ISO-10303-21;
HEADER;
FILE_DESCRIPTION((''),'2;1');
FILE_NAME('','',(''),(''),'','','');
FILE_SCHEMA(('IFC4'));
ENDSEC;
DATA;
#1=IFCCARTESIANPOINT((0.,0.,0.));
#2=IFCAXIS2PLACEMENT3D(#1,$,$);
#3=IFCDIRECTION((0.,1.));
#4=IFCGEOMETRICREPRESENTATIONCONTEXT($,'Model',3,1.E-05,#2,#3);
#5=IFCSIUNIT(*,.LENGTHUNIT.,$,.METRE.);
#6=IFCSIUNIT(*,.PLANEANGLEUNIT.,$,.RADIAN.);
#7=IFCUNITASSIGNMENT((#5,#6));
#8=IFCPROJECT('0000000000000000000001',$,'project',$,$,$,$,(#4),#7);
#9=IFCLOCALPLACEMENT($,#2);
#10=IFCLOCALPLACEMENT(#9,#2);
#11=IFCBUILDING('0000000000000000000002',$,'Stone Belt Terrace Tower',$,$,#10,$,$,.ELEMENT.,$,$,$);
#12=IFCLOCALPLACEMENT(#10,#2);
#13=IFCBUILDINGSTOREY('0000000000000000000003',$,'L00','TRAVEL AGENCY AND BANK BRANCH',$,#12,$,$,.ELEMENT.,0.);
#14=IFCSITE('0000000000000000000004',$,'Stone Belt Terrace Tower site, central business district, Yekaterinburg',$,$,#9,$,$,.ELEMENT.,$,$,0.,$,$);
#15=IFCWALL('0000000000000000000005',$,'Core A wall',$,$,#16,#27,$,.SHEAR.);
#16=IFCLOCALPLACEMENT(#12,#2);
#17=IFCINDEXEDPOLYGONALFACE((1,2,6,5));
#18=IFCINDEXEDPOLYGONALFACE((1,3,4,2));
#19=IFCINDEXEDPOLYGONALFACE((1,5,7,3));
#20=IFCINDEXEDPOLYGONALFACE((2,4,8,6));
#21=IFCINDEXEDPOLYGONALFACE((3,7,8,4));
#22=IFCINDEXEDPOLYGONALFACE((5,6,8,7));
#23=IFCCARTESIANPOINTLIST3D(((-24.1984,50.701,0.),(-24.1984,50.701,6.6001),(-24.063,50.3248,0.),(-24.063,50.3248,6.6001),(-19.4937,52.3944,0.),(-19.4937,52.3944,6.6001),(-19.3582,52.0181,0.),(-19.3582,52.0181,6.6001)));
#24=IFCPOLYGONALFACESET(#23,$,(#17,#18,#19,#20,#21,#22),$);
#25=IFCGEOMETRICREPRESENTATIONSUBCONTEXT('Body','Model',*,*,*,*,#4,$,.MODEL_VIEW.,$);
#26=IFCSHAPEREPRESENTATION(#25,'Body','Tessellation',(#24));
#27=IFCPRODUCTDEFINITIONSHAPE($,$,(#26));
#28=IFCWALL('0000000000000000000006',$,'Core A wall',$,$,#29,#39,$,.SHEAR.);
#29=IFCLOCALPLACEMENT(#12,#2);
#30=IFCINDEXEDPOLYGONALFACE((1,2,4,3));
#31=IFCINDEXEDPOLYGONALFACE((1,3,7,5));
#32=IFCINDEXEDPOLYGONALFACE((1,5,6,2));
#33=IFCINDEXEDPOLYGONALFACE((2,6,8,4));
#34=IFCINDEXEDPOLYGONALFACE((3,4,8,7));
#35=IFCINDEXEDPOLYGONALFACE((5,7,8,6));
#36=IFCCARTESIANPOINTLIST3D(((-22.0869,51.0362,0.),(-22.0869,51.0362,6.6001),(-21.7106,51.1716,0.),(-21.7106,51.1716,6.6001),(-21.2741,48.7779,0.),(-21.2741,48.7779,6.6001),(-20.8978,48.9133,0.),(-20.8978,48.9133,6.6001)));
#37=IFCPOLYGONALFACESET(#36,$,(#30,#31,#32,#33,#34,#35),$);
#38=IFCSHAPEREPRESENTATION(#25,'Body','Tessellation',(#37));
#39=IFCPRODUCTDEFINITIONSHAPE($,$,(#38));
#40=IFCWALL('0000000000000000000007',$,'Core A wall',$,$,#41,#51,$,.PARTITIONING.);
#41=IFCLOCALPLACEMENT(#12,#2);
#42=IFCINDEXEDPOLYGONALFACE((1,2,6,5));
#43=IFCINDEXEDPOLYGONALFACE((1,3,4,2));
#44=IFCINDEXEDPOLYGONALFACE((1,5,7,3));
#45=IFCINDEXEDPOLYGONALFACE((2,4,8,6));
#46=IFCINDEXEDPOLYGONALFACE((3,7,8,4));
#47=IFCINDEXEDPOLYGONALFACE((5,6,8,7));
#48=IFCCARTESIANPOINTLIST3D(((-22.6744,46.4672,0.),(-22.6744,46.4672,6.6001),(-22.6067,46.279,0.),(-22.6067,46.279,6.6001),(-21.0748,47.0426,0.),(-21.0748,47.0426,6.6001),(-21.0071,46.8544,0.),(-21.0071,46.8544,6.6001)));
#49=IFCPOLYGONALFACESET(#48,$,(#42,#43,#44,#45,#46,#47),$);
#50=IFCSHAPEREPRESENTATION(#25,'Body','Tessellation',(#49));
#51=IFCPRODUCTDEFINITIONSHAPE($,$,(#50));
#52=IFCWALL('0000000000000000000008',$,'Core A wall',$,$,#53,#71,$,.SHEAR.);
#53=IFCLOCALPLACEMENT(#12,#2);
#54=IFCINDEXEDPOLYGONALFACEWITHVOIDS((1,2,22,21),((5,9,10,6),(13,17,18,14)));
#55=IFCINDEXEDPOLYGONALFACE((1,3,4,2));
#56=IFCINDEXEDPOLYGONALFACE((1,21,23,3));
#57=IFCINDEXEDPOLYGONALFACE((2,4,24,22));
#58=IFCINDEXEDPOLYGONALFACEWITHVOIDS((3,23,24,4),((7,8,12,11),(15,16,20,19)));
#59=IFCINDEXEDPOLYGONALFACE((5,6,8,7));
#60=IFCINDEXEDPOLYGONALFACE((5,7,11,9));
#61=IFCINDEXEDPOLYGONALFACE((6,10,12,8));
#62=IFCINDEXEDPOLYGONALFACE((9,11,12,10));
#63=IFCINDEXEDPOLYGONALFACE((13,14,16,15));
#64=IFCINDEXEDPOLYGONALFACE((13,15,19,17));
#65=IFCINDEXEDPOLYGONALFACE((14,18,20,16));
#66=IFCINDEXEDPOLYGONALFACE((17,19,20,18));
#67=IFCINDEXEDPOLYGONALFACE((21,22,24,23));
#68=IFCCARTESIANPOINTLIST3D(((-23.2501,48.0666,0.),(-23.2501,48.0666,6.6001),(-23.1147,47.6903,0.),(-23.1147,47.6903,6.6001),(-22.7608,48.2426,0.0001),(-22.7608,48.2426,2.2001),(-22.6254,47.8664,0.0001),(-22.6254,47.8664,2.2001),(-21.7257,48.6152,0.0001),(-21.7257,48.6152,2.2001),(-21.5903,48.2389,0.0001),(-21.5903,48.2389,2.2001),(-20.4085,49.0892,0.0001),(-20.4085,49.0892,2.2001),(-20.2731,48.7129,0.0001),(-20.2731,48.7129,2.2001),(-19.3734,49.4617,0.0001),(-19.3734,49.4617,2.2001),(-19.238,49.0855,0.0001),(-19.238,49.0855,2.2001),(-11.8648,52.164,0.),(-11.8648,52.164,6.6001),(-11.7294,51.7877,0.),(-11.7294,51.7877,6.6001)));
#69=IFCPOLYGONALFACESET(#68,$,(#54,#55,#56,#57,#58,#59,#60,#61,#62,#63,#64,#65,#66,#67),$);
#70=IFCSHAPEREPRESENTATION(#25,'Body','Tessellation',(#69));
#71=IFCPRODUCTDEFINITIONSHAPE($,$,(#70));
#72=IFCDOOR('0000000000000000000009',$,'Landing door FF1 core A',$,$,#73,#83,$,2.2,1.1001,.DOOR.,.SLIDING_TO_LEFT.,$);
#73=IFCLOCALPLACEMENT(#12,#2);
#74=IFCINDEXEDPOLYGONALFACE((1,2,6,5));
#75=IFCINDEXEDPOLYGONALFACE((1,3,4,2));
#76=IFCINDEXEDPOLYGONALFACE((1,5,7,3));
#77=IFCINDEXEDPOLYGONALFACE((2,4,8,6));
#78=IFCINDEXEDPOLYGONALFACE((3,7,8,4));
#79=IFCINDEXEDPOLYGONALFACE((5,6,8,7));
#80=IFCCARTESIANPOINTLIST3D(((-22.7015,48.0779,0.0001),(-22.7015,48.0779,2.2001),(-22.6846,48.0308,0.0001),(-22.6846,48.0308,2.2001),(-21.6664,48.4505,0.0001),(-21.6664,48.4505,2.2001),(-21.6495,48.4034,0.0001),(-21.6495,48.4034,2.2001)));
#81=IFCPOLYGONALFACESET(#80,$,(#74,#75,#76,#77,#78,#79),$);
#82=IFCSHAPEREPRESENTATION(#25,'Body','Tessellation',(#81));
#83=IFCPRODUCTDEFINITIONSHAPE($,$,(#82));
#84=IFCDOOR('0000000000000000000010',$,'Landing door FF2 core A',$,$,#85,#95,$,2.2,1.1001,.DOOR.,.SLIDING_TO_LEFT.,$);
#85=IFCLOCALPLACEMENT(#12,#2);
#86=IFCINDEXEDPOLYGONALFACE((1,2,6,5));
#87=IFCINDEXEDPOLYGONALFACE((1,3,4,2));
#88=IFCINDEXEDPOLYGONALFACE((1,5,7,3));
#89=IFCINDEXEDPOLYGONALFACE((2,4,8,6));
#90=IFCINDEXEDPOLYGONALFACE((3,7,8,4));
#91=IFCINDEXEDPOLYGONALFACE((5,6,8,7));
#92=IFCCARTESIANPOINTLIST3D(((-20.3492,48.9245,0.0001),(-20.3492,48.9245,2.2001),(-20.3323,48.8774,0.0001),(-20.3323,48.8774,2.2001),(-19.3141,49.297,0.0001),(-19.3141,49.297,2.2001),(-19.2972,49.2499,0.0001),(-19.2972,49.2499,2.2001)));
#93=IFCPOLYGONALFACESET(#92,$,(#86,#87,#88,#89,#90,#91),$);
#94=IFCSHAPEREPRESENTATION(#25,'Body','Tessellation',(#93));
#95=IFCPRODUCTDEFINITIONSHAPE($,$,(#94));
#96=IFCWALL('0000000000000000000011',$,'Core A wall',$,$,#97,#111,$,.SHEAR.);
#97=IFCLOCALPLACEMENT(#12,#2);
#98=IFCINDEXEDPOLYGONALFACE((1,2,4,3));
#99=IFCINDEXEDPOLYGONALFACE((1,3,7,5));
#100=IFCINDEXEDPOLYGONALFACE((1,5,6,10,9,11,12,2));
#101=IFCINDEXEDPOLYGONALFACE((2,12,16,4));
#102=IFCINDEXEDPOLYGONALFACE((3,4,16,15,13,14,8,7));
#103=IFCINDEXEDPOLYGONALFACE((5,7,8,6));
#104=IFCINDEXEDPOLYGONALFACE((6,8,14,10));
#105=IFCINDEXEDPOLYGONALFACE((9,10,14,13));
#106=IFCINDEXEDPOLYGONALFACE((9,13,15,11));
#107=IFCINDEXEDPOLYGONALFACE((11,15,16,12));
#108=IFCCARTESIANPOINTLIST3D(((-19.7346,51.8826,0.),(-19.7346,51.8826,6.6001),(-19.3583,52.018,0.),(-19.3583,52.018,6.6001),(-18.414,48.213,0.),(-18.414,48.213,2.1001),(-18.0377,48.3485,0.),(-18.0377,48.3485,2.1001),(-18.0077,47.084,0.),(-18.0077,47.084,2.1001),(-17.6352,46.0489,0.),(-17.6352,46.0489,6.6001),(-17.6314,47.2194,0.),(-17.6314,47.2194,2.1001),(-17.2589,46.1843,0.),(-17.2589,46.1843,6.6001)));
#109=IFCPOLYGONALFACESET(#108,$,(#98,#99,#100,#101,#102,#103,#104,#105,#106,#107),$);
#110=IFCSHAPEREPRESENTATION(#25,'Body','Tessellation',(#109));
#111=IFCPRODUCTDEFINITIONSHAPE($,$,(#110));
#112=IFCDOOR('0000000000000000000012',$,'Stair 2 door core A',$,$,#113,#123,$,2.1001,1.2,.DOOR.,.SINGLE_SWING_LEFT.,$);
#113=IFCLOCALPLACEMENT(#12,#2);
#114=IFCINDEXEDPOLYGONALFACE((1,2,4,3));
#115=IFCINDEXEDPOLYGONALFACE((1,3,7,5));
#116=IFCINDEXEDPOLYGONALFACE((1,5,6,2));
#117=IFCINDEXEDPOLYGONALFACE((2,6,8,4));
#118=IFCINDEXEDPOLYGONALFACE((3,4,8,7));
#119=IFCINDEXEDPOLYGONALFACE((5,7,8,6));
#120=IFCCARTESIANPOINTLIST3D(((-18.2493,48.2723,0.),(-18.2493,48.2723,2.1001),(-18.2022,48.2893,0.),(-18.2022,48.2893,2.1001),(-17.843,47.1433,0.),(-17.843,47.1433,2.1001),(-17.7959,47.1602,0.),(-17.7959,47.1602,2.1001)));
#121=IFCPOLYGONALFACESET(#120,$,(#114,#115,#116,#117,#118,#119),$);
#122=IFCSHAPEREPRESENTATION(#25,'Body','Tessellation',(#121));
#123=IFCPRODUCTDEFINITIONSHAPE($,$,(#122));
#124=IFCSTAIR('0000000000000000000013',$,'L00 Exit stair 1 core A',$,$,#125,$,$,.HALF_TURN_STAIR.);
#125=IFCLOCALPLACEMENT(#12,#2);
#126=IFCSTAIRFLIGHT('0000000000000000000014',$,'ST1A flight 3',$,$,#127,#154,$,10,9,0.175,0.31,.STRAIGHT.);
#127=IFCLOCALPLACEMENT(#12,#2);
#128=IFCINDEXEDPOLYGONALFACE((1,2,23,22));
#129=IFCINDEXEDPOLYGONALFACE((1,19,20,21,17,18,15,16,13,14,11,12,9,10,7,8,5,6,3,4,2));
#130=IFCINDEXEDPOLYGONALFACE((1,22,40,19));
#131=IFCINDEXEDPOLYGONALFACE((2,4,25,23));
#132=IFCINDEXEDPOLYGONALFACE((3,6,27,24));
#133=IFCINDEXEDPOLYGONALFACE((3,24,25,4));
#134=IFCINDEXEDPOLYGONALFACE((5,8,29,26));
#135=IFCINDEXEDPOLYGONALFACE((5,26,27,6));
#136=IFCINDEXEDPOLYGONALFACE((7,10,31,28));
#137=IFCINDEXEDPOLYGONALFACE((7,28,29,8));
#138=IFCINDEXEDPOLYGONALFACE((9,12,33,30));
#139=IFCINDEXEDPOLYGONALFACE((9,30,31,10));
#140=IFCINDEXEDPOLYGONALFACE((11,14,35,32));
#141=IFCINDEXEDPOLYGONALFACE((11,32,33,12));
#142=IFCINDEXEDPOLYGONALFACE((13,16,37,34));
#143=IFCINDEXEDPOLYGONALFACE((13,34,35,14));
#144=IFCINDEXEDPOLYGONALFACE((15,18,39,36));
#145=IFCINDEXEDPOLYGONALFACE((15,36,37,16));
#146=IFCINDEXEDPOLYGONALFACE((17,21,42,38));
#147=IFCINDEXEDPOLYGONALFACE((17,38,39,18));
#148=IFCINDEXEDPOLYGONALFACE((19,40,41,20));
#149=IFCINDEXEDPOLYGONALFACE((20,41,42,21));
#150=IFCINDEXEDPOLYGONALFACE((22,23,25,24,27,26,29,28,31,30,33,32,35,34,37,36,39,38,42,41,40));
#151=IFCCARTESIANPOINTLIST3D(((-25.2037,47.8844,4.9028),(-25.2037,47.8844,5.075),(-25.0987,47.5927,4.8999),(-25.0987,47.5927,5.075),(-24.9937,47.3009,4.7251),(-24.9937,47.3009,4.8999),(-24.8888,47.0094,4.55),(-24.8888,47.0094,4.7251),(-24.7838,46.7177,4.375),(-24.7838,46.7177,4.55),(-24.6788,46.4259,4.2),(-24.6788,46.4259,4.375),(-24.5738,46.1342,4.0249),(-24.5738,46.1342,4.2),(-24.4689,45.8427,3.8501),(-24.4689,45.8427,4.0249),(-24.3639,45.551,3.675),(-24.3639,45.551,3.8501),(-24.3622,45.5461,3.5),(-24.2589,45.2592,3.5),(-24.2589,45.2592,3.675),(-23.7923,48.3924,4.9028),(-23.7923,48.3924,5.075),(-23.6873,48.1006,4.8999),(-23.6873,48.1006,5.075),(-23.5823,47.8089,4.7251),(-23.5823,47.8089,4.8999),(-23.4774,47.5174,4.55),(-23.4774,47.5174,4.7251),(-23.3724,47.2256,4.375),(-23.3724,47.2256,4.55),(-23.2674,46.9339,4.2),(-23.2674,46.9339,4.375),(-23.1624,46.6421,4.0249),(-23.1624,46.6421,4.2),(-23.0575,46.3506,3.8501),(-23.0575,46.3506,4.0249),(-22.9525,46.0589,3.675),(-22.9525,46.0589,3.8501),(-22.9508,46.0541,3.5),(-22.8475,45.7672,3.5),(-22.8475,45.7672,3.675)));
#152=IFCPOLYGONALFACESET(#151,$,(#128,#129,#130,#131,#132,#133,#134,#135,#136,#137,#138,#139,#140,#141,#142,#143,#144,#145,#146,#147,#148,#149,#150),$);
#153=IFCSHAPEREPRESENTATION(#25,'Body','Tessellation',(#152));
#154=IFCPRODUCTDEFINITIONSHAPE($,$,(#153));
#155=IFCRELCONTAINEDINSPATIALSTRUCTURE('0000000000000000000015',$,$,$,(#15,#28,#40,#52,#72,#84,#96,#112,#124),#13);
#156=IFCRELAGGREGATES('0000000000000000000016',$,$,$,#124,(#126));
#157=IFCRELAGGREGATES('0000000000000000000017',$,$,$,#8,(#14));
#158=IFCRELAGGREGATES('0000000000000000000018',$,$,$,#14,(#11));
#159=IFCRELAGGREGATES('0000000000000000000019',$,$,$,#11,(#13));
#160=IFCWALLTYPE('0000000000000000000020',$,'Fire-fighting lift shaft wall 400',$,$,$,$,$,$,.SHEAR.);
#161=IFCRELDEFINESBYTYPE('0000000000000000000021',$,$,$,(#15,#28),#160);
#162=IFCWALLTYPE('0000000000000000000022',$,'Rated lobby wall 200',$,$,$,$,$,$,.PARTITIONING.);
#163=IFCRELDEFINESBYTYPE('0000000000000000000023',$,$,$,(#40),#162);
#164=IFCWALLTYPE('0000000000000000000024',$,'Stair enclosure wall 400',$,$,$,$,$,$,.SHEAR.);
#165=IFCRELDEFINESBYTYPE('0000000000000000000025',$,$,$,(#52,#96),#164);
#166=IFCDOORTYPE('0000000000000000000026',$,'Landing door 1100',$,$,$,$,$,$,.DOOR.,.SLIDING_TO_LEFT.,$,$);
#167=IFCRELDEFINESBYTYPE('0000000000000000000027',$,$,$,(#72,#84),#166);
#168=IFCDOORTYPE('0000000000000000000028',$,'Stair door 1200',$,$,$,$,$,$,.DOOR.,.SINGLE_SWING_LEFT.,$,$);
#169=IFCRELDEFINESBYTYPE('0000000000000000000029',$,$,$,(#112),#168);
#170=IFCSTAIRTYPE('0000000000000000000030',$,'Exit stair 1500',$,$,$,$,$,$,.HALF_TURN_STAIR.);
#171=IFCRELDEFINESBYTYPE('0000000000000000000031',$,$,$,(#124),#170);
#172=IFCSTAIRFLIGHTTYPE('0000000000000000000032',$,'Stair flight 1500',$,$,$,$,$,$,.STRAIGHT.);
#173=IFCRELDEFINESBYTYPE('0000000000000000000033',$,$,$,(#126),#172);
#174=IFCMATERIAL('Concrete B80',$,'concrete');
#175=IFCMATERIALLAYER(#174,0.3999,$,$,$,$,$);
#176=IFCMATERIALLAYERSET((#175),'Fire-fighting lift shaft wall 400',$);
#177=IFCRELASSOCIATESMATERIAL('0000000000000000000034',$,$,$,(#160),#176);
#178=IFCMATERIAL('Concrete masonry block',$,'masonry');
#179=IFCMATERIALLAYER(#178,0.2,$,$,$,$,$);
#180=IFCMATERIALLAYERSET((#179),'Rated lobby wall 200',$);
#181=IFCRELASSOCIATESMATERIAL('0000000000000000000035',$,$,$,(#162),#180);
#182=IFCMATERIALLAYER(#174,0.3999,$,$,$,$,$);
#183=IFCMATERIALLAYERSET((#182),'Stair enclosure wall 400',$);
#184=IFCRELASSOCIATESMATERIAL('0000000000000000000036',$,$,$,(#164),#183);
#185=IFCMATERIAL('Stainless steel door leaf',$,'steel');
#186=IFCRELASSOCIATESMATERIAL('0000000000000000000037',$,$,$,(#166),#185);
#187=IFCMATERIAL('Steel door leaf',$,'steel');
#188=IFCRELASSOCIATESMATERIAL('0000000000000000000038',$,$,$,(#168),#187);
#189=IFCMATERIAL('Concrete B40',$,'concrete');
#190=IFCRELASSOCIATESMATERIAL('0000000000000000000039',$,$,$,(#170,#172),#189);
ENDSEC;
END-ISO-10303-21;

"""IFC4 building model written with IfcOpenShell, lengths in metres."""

from ifc_helpers import new_model, si_unit, direction, frame, frame_2d, origin, place, context, subcontext, project, spatial, polyline, rectangle, outline, extrude, material, layer, layer_set, type_object, element, fill, aggregate, save


model = new_model("IFC4")

# Units and contexts
model_context = context("Model", 3, precision=1e-05, world=origin(), true_north=direction((0.0, 1.0)))
body_context = subcontext(model_context, "Body", "Model", "MODEL_VIEW")
ifc_project = project(units=[si_unit("LENGTHUNIT", "METRE"), si_unit("PLANEANGLEUNIT", "RADIAN")], contexts=[model_context])

# Site, building, storey
site_placement = place(None, origin())
site = spatial("IfcSite", under=ifc_project, at=site_placement, Name="Stone Belt Terrace Tower site, central business district, Yekaterinburg", CompositionType="ELEMENT", RefElevation=0.0)
building_placement = place(site_placement, origin())
building = spatial("IfcBuilding", under=site, at=building_placement, Name="Stone Belt Terrace Tower", CompositionType="ELEMENT")
storey_placement = place(building_placement, origin())
storey = spatial("IfcBuildingStorey", under=building, at=storey_placement, Name="L00", Description="TRAVEL AGENCY AND BANK BRANCH", CompositionType="ELEMENT", Elevation=0.0)

# Walls
ifc_material_1 = material(Name="Concrete B80", Category="concrete")
ifc_layer_1 = layer(ifc_material_1, 0.3999)
ifc_layer_set_1 = layer_set([ifc_layer_1], Name="Fire-fighting lift shaft wall 400")
wall_type_1 = type_object("IfcWallType", Name="Fire-fighting lift shaft wall 400", PredefinedType="SHEAR", material=ifc_layer_set_1)
wall_1_placement = place(storey_placement, frame((-24.1306, 50.5129, 0.0), z_axis=(0.0, 0.0, 1.0), x_axis=(0.940912, 0.338652, 0.0)))
element("IfcWall", 1, at=wall_1_placement, inside=storey, type_object=wall_type_1, Name="Core A wall", PredefinedType="SHEAR", context=body_context, shape_type="SweptSolid", body=[
    extrude(rectangle(XDim=5.0002, YDim=0.3999, at=frame_2d((2.5, 0.0))), origin(), (0.0, 0.0, 1.0), 6.6001),
])
wall_2_placement = place(storey_placement, frame((-21.0859, 48.8455, 0.0), z_axis=(0.0, 0.0, 1.0), x_axis=(-0.338629, 0.94092, 0.0)))
element("IfcWall", 2, at=wall_2_placement, inside=storey, type_object=wall_type_1, Name="Core A wall", PredefinedType="SHEAR", context=body_context, shape_type="SweptSolid", body=[
    extrude(rectangle(XDim=2.4001, YDim=0.3999, at=frame_2d((1.2002, 0.0))), origin(), (0.0, 0.0, 1.0), 6.6001),
])
ifc_material_2 = material(Name="Concrete masonry block", Category="masonry")
ifc_layer_2 = layer(ifc_material_2, 0.2)
ifc_layer_set_2 = layer_set([ifc_layer_2], Name="Rated lobby wall 200")
wall_type_2 = type_object("IfcWallType", Name="Rated lobby wall 200", PredefinedType="PARTITIONING", material=ifc_layer_set_2)
wall_3_placement = place(storey_placement, frame((-22.6406, 46.373, 0.0), z_axis=(0.0, 0.0, 1.0), x_axis=(0.940966, 0.338501, 0.0)))
element("IfcWall", 3, at=wall_3_placement, inside=storey, type_object=wall_type_2, Name="Core A wall", PredefinedType="PARTITIONING", context=body_context, shape_type="SweptSolid", body=[
    extrude(rectangle(XDim=1.7, YDim=0.2, at=frame_2d((0.8501, 0.0))), origin(), (0.0, 0.0, 1.0), 6.6001),
])

# Wall, openings, doors
ifc_layer_3 = layer(ifc_material_1, 0.3999)
ifc_layer_set_3 = layer_set([ifc_layer_3], Name="Stair enclosure wall 400")
wall_type_3 = type_object("IfcWallType", Name="Stair enclosure wall 400", PredefinedType="SHEAR", material=ifc_layer_set_3)
wall_4_placement = place(storey_placement, frame((-23.1824, 47.8784, 0.0), z_axis=(0.0, 0.0, 1.0), x_axis=(0.940921, 0.338626, 0.0)))
wall_4 = element("IfcWall", 4, at=wall_4_placement, inside=storey, type_object=wall_type_3, Name="Core A wall", PredefinedType="SHEAR", context=body_context, shape_type="SweptSolid", body=[
    extrude(rectangle(XDim=12.1001, YDim=0.3999, at=frame_2d((6.05, 0.0))), origin(), (0.0, 0.0, 1.0), 6.6001),
])
opening_1_placement = place(wall_4_placement, frame((0.52, 0.0, 0.0)))
opening_1 = element("IfcOpeningElement", 5, at=opening_1_placement, cuts=wall_4, PredefinedType="OPENING", context=body_context, shape_type="SweptSolid", body=[
    extrude(rectangle(XDim=1.1001, YDim=2.2, at=frame_2d((0.55, 1.1001))), frame((0.0, 0.21, 0.0), z_axis=(0.0, -1.0, 0.0), x_axis=(1.0, 0.0, 0.0)), (0.0, 0.0, 1.0), 0.4199),
])
opening_2_placement = place(wall_4_placement, frame((3.02, 0.0, 0.0)))
opening_2 = element("IfcOpeningElement", 6, at=opening_2_placement, cuts=wall_4, PredefinedType="OPENING", context=body_context, shape_type="SweptSolid", body=[
    extrude(rectangle(XDim=1.1001, YDim=2.2, at=frame_2d((0.55, 1.1001))), frame((0.0, 0.21, 0.0), z_axis=(0.0, -1.0, 0.0), x_axis=(1.0, 0.0, 0.0)), (0.0, 0.0, 1.0), 0.4199),
])
ifc_material_3 = material(Name="Stainless steel door leaf", Category="steel")
door_type_1 = type_object("IfcDoorType", Name="Landing door 1100", OperationType="SLIDING_TO_LEFT", PredefinedType="DOOR", material=ifc_material_3)
door_1_placement = place(opening_1_placement, origin())
door_1 = element("IfcDoor", 7, at=door_1_placement, inside=storey, type_object=door_type_1, Name="Landing door FF1 core A", OperationType="SLIDING_TO_LEFT", OverallHeight=2.2, OverallWidth=1.1001, PredefinedType="DOOR", context=body_context, shape_type="SweptSolid", body=[
    extrude(rectangle(XDim=1.1001, YDim=2.2, at=frame_2d((0.55, 1.1001))), frame((0.0, 0.0249, 0.0), z_axis=(0.0, -1.0, 0.0), x_axis=(1.0, 0.0, 0.0)), (0.0, 0.0, 1.0), 0.05),
])
fill(opening_1, door_1)
door_2_placement = place(opening_2_placement, origin())
door_2 = element("IfcDoor", 8, at=door_2_placement, inside=storey, type_object=door_type_1, Name="Landing door FF2 core A", OperationType="SLIDING_TO_LEFT", OverallHeight=2.2, OverallWidth=1.1001, PredefinedType="DOOR", context=body_context, shape_type="SweptSolid", body=[
    extrude(rectangle(XDim=1.1001, YDim=2.2, at=frame_2d((0.55, 1.1001))), frame((0.0, 0.0249, 0.0), z_axis=(0.0, -1.0, 0.0), x_axis=(1.0, 0.0, 0.0)), (0.0, 0.0, 1.0), 0.05),
])
fill(opening_2, door_2)

# Wall, opening, door
wall_5_placement = place(storey_placement, frame((-17.447, 46.1165, 0.0), z_axis=(0.0, 0.0, 1.0), x_axis=(-0.338608, 0.940928, 0.0)))
wall_5 = element("IfcWall", 9, at=wall_5_placement, inside=storey, type_object=wall_type_3, Name="Core A wall", PredefinedType="SHEAR", context=body_context, shape_type="SweptSolid", body=[
    extrude(rectangle(XDim=6.2, YDim=0.3999, at=frame_2d((3.1001, 0.0))), origin(), (0.0, 0.0, 1.0), 6.6001),
])
opening_3_placement = place(wall_5_placement, frame((1.1001, 0.0, 0.0)))
opening_3 = element("IfcOpeningElement", 10, at=opening_3_placement, cuts=wall_5, PredefinedType="OPENING", context=body_context, shape_type="SweptSolid", body=[
    extrude(rectangle(XDim=1.2, YDim=2.1001, at=frame_2d((0.6001, 1.05))), frame((0.0, 0.21, 0.0), z_axis=(0.0, -1.0, 0.0), x_axis=(1.0, 0.0, 0.0)), (0.0, 0.0, 1.0), 0.4199),
])
ifc_material_4 = material(Name="Steel door leaf", Category="steel")
door_type_2 = type_object("IfcDoorType", Name="Stair door 1200", OperationType="SINGLE_SWING_LEFT", PredefinedType="DOOR", material=ifc_material_4)
door_3_placement = place(opening_3_placement, origin())
door_3 = element("IfcDoor", 11, at=door_3_placement, inside=storey, type_object=door_type_2, Name="Stair 2 door core A", OperationType="SINGLE_SWING_LEFT", OverallHeight=2.1001, OverallWidth=1.2, PredefinedType="DOOR", context=body_context, shape_type="SweptSolid", body=[
    extrude(rectangle(XDim=1.2, YDim=2.1001, at=frame_2d((0.6001, 1.05))), frame((0.0, 0.0249, 0.0), z_axis=(0.0, -1.0, 0.0), x_axis=(1.0, 0.0, 0.0)), (0.0, 0.0, 1.0), 0.05),
])
fill(opening_3, door_3)

# Stair, stair flight
ifc_material_5 = material(Name="Concrete B40", Category="concrete")
stair_type = type_object("IfcStairType", Name="Exit stair 1500", PredefinedType="HALF_TURN_STAIR", material=ifc_material_5)
stair_1_placement = place(storey_placement, origin())
stair_1 = element("IfcStair", 12, at=stair_1_placement, inside=storey, type_object=stair_type, Name="L00 Exit stair 1 core A", PredefinedType="HALF_TURN_STAIR")
stair_flight_type = type_object("IfcStairFlightType", Name="Stair flight 1500", PredefinedType="STRAIGHT", material=ifc_material_5)
stair_flight_1_placement = place(storey_placement, frame((-23.5532, 45.5132, 3.5), z_axis=(0.0, 0.0, 1.0), x_axis=(-0.338624, 0.940922, 0.0)))
stair_flight_1 = element("IfcStairFlight", 13, at=stair_flight_1_placement, type_object=stair_flight_type, Name="ST1A flight 3", NumberOfRisers=10, NumberOfTreads=9, PredefinedType="STRAIGHT", RiserHeight=0.175, TreadLength=0.31, context=body_context, shape_type="SweptSolid", body=[
    extrude(outline(polyline([(0.0, 0.0), (0.0, 0.175), (0.3101, 0.175), (0.3101, 0.3501), (0.6201, 0.3501), (0.6201, 0.5249), (0.9299, 0.5249), (0.9299, 0.7), (1.24, 0.7), (1.24, 0.875), (1.55, 0.875), (1.55, 1.05), (1.8601, 1.05), (1.8601, 1.2251), (2.1699, 1.2251), (2.1699, 1.3999), (2.48, 1.3999), (2.48, 1.575), (2.79, 1.575), (2.79, 1.75), (2.79, 1.4028), (0.3049, 0.0), (0.0, 0.0)])), frame((0.0, 0.75, 0.0), z_axis=(0.0, -1.0, 0.0), x_axis=(1.0, 0.0, 0.0)), (0.0, 0.0, 1.0), 1.5),
])
aggregate(stair_1, [stair_flight_1])

save(model, "model.ifc")
